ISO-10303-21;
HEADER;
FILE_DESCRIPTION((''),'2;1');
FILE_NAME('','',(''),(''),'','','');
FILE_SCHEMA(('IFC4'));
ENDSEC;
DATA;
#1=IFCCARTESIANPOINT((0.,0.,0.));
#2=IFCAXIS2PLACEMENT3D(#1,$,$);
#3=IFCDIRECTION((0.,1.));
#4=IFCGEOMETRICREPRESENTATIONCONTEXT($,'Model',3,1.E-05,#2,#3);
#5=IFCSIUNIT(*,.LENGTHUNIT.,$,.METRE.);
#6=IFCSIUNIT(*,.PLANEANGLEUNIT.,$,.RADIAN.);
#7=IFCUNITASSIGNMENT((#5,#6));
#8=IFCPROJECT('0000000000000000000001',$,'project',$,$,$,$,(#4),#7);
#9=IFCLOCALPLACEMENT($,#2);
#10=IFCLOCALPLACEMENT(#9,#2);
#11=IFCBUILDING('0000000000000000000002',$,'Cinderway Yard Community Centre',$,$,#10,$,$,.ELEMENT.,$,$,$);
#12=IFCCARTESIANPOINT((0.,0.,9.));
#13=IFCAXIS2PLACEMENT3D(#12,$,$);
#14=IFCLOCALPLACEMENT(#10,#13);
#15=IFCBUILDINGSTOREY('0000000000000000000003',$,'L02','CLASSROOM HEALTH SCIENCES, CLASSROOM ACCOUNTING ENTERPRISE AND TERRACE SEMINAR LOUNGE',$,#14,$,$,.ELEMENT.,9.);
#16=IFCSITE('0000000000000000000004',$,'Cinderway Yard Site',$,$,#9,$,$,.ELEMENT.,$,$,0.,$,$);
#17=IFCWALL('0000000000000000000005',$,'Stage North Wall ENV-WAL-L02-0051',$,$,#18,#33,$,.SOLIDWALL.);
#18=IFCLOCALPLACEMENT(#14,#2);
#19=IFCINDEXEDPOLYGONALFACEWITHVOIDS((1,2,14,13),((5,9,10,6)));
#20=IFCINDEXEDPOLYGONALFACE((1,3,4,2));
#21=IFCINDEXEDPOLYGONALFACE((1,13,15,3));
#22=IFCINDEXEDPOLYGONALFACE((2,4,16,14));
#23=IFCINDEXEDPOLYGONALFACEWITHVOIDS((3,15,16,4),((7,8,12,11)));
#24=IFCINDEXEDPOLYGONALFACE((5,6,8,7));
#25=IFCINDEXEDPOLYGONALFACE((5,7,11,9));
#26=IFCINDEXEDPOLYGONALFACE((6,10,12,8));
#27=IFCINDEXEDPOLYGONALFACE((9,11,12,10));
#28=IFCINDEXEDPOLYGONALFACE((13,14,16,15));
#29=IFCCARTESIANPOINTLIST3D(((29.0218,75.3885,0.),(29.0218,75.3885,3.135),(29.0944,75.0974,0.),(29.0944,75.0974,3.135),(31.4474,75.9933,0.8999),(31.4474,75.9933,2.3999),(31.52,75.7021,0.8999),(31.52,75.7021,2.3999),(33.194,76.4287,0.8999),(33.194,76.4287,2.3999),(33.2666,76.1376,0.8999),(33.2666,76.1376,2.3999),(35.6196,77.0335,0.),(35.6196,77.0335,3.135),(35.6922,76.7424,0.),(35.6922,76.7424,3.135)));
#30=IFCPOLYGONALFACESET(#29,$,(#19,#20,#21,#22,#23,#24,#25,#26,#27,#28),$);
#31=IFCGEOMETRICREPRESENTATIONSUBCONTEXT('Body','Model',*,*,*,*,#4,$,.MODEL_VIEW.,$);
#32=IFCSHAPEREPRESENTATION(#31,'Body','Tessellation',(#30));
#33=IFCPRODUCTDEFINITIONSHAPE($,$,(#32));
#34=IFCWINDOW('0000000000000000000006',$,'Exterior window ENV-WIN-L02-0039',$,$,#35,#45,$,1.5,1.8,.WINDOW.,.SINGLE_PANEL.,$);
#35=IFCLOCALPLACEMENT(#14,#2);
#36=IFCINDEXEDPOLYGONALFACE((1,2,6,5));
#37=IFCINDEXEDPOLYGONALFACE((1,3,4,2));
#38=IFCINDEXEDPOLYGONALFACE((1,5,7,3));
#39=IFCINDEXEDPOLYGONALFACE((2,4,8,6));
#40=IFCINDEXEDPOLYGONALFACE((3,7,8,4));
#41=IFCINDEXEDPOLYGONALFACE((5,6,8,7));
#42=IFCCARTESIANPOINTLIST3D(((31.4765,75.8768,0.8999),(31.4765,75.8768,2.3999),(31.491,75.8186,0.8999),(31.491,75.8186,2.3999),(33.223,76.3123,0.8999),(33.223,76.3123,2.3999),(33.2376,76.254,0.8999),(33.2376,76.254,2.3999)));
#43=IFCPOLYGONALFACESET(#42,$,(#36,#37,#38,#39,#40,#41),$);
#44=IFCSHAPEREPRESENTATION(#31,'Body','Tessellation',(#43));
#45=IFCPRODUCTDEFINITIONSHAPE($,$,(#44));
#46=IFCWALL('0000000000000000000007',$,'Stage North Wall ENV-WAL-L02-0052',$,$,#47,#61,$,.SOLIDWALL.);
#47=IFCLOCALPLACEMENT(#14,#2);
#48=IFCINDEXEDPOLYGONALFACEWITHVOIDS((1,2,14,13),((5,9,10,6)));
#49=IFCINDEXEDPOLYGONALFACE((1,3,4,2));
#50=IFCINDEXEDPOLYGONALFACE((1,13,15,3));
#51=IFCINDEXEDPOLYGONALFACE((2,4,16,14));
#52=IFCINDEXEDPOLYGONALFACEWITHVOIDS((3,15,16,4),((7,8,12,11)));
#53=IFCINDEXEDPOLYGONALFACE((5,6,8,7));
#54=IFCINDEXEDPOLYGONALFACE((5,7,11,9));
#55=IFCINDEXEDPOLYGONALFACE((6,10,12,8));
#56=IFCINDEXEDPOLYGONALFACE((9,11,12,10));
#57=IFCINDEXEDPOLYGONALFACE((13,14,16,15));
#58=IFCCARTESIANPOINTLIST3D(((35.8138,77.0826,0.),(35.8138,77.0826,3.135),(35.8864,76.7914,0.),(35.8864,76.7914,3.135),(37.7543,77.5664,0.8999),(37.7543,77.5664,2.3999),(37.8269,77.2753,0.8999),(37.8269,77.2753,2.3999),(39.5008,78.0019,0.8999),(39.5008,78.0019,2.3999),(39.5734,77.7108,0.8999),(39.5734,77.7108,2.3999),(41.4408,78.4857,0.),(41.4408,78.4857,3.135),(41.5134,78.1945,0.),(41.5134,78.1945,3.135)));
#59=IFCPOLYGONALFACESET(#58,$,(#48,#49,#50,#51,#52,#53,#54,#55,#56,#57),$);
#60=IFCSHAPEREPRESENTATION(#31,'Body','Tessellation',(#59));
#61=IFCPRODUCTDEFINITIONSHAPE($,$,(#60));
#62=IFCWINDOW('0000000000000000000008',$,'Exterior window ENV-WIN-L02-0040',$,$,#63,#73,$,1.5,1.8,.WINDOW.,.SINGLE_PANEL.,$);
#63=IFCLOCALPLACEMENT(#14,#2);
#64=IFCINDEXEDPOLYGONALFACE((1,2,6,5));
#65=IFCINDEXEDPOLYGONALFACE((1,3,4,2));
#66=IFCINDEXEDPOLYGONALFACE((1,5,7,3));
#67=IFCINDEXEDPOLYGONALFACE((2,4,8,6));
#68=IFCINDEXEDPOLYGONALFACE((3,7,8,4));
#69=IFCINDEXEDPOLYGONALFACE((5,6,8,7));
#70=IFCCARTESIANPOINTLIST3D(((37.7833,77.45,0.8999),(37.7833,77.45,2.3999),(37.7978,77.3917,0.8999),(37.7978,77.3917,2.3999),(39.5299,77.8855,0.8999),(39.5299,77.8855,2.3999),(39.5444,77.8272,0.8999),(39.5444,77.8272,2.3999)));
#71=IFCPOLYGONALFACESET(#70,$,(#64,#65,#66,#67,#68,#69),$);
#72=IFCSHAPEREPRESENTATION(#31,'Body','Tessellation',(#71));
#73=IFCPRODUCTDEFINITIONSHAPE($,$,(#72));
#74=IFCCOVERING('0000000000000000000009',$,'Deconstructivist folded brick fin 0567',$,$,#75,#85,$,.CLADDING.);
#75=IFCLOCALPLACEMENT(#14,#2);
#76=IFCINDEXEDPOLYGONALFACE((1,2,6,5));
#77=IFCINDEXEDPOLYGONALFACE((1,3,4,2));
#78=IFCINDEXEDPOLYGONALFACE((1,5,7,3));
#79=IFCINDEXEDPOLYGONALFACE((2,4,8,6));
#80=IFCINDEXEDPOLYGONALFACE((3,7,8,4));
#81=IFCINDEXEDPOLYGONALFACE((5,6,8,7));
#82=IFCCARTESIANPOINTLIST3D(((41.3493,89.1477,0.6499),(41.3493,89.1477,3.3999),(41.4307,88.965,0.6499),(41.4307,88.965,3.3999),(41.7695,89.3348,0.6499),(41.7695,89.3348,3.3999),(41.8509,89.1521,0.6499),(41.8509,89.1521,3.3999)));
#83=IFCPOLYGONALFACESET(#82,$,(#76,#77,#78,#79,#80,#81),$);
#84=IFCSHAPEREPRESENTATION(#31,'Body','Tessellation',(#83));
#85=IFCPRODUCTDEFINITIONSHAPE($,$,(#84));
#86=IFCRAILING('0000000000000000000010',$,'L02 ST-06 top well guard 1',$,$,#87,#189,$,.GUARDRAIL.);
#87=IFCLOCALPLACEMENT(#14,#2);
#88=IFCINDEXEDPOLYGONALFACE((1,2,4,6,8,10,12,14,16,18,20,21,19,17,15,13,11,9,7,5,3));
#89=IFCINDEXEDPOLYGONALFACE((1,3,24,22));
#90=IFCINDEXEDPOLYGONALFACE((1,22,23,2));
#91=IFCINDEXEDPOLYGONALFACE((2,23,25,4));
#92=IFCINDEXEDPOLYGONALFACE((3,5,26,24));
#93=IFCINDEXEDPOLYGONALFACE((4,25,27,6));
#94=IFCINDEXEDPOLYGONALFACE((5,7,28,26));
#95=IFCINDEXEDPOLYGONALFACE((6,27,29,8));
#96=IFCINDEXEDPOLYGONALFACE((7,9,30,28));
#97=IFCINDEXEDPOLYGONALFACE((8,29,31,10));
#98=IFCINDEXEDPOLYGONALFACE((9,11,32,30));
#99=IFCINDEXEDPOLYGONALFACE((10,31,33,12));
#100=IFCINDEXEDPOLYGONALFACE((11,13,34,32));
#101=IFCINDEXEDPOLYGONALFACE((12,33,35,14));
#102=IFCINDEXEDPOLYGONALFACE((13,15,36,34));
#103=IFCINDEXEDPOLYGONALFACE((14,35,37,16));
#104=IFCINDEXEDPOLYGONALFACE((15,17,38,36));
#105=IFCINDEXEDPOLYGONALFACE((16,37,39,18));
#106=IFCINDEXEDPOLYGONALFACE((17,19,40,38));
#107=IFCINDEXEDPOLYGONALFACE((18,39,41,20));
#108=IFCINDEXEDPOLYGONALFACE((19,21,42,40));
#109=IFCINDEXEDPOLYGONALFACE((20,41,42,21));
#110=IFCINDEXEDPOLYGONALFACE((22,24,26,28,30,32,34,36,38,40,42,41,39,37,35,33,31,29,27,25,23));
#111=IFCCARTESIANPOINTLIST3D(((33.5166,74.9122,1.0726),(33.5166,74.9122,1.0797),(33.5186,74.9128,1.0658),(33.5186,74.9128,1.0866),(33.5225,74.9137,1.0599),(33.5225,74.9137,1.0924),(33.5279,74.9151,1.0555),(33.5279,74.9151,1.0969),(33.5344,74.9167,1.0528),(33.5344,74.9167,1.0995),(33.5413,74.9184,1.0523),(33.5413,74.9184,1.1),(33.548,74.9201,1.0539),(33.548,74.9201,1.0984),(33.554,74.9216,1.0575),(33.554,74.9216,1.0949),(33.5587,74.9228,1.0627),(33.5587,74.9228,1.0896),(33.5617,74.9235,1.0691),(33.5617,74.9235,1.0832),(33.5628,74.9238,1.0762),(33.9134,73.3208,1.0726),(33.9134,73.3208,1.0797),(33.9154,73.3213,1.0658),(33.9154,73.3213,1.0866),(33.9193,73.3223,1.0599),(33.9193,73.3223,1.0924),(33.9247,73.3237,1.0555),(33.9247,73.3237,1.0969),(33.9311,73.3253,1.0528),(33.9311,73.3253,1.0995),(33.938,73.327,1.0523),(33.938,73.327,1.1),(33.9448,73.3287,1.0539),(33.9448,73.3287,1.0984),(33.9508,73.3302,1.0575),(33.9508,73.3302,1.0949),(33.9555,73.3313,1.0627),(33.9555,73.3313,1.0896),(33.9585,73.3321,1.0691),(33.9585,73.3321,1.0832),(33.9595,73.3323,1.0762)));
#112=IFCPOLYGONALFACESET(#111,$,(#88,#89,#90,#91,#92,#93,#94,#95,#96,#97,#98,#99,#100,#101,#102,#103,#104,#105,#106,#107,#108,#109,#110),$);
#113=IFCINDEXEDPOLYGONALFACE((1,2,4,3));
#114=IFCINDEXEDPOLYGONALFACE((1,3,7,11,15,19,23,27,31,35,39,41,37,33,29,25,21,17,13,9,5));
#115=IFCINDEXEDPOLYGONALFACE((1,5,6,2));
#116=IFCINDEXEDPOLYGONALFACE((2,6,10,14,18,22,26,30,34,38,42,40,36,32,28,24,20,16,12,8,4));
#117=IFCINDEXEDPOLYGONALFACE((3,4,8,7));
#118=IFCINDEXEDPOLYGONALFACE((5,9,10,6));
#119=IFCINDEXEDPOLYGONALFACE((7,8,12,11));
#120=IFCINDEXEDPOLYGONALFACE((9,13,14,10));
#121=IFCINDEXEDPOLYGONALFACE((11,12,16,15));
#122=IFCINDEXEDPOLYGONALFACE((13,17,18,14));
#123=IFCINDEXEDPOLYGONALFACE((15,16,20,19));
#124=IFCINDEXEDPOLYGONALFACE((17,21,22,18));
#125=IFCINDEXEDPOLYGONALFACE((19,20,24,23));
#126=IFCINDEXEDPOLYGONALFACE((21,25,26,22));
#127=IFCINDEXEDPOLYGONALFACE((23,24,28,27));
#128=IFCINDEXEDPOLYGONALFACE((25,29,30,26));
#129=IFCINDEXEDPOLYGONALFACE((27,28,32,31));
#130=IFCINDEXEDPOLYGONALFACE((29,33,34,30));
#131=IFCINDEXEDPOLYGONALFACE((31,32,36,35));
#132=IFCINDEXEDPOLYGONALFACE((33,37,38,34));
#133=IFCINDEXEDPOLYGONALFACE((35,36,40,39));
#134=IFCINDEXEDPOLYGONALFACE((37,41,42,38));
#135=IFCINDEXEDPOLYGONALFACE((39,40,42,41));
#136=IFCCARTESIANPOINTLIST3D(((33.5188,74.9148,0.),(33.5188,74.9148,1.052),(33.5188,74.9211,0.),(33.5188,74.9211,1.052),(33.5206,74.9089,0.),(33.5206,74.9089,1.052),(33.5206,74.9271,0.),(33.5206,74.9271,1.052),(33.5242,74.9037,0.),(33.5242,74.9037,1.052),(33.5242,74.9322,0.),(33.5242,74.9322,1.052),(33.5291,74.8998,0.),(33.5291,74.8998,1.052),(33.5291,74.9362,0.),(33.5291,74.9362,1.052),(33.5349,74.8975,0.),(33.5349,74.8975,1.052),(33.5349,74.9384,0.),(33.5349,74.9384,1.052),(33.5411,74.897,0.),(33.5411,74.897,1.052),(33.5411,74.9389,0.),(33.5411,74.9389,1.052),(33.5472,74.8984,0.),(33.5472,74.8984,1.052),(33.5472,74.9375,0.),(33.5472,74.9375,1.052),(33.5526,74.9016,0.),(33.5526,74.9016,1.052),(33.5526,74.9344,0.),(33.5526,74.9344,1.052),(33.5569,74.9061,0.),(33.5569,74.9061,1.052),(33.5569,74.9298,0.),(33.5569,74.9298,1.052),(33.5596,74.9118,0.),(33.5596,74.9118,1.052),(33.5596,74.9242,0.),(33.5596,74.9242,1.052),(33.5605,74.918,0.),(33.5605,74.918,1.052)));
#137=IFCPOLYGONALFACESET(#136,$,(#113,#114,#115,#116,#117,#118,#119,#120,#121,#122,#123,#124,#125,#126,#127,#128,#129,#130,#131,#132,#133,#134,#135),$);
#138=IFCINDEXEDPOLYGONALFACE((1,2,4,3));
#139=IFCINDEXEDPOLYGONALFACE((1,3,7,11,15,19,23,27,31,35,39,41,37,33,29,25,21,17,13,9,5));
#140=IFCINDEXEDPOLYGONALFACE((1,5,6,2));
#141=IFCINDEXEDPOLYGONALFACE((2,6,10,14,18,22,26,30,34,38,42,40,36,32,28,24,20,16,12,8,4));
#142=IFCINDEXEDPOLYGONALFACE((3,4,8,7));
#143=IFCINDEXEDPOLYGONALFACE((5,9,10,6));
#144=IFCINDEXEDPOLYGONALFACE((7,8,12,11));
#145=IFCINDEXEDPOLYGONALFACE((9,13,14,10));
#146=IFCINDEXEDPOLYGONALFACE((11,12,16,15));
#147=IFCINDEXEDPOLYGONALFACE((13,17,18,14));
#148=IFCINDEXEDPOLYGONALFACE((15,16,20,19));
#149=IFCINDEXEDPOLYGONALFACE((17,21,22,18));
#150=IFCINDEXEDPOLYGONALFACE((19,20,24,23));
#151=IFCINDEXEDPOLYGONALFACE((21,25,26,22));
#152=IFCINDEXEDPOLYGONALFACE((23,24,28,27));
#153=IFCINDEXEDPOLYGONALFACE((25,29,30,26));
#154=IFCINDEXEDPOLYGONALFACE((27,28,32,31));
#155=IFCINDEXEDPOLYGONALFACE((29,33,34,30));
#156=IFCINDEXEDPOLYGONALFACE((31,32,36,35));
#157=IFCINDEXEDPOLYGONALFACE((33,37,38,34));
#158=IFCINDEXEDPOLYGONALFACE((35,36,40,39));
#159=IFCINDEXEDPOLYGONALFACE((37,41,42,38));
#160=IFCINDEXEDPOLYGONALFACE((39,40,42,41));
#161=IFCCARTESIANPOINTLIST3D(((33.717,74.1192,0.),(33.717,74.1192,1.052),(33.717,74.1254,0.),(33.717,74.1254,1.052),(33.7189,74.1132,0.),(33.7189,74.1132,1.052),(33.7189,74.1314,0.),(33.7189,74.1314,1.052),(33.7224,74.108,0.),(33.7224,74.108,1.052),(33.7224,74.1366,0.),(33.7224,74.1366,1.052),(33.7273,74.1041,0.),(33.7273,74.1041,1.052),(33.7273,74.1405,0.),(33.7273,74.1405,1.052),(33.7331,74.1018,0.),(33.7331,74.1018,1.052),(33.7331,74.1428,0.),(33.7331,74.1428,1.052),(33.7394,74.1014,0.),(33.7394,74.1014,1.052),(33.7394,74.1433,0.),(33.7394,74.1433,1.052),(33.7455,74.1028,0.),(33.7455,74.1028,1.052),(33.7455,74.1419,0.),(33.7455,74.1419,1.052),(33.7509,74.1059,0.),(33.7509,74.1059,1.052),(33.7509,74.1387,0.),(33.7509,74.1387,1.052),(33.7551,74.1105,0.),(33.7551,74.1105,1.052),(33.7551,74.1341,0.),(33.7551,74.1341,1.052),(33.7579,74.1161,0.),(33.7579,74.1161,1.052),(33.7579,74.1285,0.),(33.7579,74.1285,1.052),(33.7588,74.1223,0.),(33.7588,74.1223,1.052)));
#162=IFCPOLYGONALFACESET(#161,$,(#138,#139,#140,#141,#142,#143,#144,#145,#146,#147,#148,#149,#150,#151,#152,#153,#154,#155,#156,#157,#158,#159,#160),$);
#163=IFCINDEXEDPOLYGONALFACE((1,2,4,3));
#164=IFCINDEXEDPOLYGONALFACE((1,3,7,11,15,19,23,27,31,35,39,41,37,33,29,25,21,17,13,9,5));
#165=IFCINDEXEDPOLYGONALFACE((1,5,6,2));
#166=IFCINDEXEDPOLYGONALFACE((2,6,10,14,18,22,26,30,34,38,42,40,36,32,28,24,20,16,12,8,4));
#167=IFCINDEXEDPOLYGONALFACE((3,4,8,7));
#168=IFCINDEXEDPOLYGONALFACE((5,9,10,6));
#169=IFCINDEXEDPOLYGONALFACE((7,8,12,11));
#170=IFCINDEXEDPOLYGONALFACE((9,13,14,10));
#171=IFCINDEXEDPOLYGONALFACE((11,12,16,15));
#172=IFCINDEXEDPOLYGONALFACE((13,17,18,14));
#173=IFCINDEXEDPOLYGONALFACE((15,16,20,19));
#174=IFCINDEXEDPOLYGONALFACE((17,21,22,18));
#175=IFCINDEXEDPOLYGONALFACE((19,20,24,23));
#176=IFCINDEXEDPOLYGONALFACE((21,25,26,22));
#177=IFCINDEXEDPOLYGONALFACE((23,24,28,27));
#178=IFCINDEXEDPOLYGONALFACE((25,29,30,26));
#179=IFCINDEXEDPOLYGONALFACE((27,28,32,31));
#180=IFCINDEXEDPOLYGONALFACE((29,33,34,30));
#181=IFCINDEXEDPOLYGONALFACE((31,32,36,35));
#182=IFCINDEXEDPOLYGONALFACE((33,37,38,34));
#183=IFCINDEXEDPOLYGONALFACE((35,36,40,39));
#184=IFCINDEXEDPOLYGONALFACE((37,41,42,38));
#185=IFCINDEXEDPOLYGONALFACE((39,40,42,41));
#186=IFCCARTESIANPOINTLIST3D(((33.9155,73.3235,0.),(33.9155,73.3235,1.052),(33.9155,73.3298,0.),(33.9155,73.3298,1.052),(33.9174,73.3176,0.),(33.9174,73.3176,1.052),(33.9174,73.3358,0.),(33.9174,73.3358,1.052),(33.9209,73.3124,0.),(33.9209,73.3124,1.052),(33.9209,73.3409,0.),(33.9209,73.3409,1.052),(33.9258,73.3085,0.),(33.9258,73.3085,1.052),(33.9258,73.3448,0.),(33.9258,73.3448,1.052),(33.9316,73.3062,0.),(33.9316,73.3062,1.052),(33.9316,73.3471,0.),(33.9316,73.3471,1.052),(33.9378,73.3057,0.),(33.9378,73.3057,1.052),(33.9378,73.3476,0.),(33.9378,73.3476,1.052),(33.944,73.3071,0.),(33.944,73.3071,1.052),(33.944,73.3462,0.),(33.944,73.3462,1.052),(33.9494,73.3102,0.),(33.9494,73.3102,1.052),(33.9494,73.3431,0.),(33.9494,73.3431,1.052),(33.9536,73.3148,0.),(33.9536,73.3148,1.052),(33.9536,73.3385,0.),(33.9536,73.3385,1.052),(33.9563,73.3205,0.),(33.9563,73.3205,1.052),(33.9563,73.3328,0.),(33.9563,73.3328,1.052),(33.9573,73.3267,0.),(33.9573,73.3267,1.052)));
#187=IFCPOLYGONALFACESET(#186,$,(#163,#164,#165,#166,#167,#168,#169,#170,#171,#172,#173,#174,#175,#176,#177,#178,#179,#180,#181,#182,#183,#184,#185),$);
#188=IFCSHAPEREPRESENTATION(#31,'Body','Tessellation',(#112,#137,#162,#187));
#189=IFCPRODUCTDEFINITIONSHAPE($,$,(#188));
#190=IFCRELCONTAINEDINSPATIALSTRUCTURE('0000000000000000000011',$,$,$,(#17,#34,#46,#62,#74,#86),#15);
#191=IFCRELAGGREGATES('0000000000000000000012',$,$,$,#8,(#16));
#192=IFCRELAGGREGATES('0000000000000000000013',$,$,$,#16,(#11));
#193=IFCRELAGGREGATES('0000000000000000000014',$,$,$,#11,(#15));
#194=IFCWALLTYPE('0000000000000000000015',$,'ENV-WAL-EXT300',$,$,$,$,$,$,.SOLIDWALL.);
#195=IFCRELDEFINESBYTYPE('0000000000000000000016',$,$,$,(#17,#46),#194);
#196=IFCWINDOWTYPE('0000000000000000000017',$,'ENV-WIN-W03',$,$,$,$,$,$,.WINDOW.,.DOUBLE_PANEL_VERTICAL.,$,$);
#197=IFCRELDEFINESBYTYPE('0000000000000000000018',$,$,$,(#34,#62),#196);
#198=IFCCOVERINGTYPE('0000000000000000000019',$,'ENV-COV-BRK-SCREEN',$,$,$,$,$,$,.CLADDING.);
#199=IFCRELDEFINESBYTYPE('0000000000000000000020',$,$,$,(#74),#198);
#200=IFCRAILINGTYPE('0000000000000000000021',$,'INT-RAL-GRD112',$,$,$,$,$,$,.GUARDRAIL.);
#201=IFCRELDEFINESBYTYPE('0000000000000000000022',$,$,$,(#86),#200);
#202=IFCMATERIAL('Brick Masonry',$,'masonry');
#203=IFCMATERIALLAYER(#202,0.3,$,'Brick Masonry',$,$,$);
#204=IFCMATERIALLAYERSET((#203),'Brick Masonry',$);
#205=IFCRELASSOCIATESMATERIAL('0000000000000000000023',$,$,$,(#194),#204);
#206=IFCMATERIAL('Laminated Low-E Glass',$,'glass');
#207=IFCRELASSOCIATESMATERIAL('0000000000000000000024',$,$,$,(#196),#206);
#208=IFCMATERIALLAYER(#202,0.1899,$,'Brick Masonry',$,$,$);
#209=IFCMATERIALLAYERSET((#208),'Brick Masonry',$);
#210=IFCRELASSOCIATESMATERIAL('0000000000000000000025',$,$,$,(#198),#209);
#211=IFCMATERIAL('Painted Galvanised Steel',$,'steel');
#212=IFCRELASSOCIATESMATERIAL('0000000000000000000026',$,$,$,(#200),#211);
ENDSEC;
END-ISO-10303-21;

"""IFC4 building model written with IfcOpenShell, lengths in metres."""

from ifc_helpers import new_model, si_unit, direction, frame, frame_2d, origin, origin_2d, place, context, subcontext, project, spatial, rectangle, circle, extrude, material, layer, layer_set, type_object, element, fill, save


model = new_model("IFC4")

# Units and contexts
model_context = context("Model", 3, precision=1e-05, world=origin(), true_north=direction((0.0, 1.0)))
body_context = subcontext(model_context, "Body", "Model", "MODEL_VIEW")
ifc_project = project(units=[si_unit("LENGTHUNIT", "METRE"), si_unit("PLANEANGLEUNIT", "RADIAN")], contexts=[model_context])

# Site, building, storey
site_placement = place(None, origin())
site = spatial("IfcSite", under=ifc_project, at=site_placement, Name="Cinderway Yard Site", CompositionType="ELEMENT", RefElevation=0.0)
building_placement = place(site_placement, origin())
building = spatial("IfcBuilding", under=site, at=building_placement, Name="Cinderway Yard Community Centre", CompositionType="ELEMENT")
storey_placement = place(building_placement, frame((0.0, 0.0, 9.0)))
storey = spatial("IfcBuildingStorey", under=building, at=storey_placement, Name="L02", Description="CLASSROOM HEALTH SCIENCES, CLASSROOM ACCOUNTING ENTERPRISE AND TERRACE SEMINAR LOUNGE", CompositionType="ELEMENT", Elevation=9.0)

# Shared definitions
ifc_material_1 = material(Name="Laminated Low-E Glass", Category="glass")

# Walls, openings, windows
ifc_material_2 = material(Name="Brick Masonry", Category="masonry")
ifc_layer_1 = layer(ifc_material_2, 0.3, Name="Brick Masonry")
ifc_layer_set_1 = layer_set([ifc_layer_1], Name="Brick Masonry")
wall_type_1 = type_object("IfcWallType", Name="ENV-WAL-EXT300", PredefinedType="SOLIDWALL", material=ifc_layer_set_1)
wall_1_placement = place(storey_placement, frame((29.0581, 75.2429, 0.0), z_axis=(0.0, 0.0, 1.0), x_axis=(0.970296, 0.241919, 0.0)))
wall_1 = element("IfcWall", 1, at=wall_1_placement, inside=storey, type_object=wall_type_1, Name="Stage North Wall ENV-WAL-L02-0051", PredefinedType="SOLIDWALL", context=body_context, shape_type="SweptSolid", body=[
    extrude(rectangle(XDim=6.7998, YDim=0.3, at=frame_2d((3.3999, 0.0))), origin(), (0.0, 0.0, 1.0), 3.135),
])
opening_1_placement = place(wall_1_placement, frame((2.5, 0.0, 0.8999)))
opening_1 = element("IfcOpeningElement", 2, at=opening_1_placement, cuts=wall_1, PredefinedType="OPENING", context=body_context, shape_type="SweptSolid", body=[
    extrude(rectangle(XDim=1.8, YDim=1.5, at=frame_2d((0.8999, 0.75))), frame((0.0, 0.1599, 0.0), z_axis=(0.0, -1.0, 0.0), x_axis=(1.0, 0.0, 0.0)), (0.0, 0.0, 1.0), 0.3201),
])
window_type = type_object("IfcWindowType", Name="ENV-WIN-W03", PartitioningType="DOUBLE_PANEL_VERTICAL", PredefinedType="WINDOW", material=ifc_material_1)
window_1_placement = place(opening_1_placement, origin())
window_1 = element("IfcWindow", 3, at=window_1_placement, inside=storey, type_object=window_type, Name="Exterior window ENV-WIN-L02-0039", OverallHeight=1.5, OverallWidth=1.8, PartitioningType="SINGLE_PANEL", PredefinedType="WINDOW", context=body_context, shape_type="SweptSolid", body=[
    extrude(rectangle(XDim=1.8, YDim=1.5, at=frame_2d((0.8999, 0.75))), frame((0.0, 0.03, 0.0), z_axis=(0.0, -1.0, 0.0), x_axis=(1.0, 0.0, 0.0)), (0.0, 0.0, 1.0), 0.0601),
])
fill(opening_1, window_1)
wall_2_placement = place(storey_placement, frame((35.8501, 76.937, 0.0), z_axis=(0.0, 0.0, 1.0), x_axis=(0.970291, 0.241941, 0.0)))
wall_2 = element("IfcWall", 4, at=wall_2_placement, inside=storey, type_object=wall_type_1, Name="Stage North Wall ENV-WAL-L02-0052", PredefinedType="SOLIDWALL", context=body_context, shape_type="SweptSolid", body=[
    extrude(rectangle(XDim=5.7993, YDim=0.3, at=frame_2d((2.8997, 0.0))), origin(), (0.0, 0.0, 1.0), 3.135),
])
opening_2_placement = place(wall_2_placement, frame((2.0, 0.0, 0.8999)))
opening_2 = element("IfcOpeningElement", 5, at=opening_2_placement, cuts=wall_2, PredefinedType="OPENING", context=body_context, shape_type="SweptSolid", body=[
    extrude(rectangle(XDim=1.8, YDim=1.5, at=frame_2d((0.8999, 0.75))), frame((0.0, 0.1599, 0.0), z_axis=(0.0, -1.0, 0.0), x_axis=(1.0, 0.0, 0.0)), (0.0, 0.0, 1.0), 0.3201),
])
window_2_placement = place(opening_2_placement, origin())
window_2 = element("IfcWindow", 6, at=window_2_placement, inside=storey, type_object=window_type, Name="Exterior window ENV-WIN-L02-0040", OverallHeight=1.5, OverallWidth=1.8, PartitioningType="SINGLE_PANEL", PredefinedType="WINDOW", context=body_context, shape_type="SweptSolid", body=[
    extrude(rectangle(XDim=1.8, YDim=1.5, at=frame_2d((0.8999, 0.75))), frame((0.0, 0.03, 0.0), z_axis=(0.0, -1.0, 0.0), x_axis=(1.0, 0.0, 0.0)), (0.0, 0.0, 1.0), 0.0601),
])
fill(opening_2, window_2)

# Shared definitions
ifc_material_3 = material(Name="Painted Galvanised Steel", Category="steel")

# Covering
ifc_layer_2 = layer(ifc_material_2, 0.1899, Name="Brick Masonry")
ifc_layer_set_2 = layer_set([ifc_layer_2], Name="Brick Masonry")
covering_type = type_object("IfcCoveringType", Name="ENV-COV-BRK-SCREEN", PredefinedType="CLADDING", material=ifc_layer_set_2)
covering_placement = place(storey_placement, frame((41.6001, 89.1499, 0.6499), z_axis=(0.0, 0.0, 1.0), x_axis=(-0.913545, -0.406737, 0.0)))
element("IfcCovering", 7, at=covering_placement, inside=storey, type_object=covering_type, Name="Deconstructivist folded brick fin 0567", PredefinedType="CLADDING", context=body_context, shape_type="SweptSolid", body=[
    extrude(rectangle(XDim=0.46, YDim=0.2, at=origin_2d()), origin(), (0.0, 0.0, 1.0), 2.75),
])

# Railing
railing_type = type_object("IfcRailingType", Name="INT-RAL-GRD112", PredefinedType="GUARDRAIL", material=ifc_material_3)
railing_1_placement = place(storey_placement, frame((33.5396, 74.918, 0.0)))
element("IfcRailing", 8, at=railing_1_placement, inside=storey, type_object=railing_type, Name="L02 ST-06 top well guard 1", PredefinedType="GUARDRAIL", context=body_context, shape_type="SweptSolid", body=[
    extrude(circle(Radius=0.0239, at=origin_2d()), frame((0.0, 0.0, 1.0762), z_axis=(0.241905, -0.9703, 0.0), x_axis=(0.9703, 0.241905, 0.0)), (0.0, 0.0, 1.0), 1.6401),
    extrude(circle(Radius=0.021, at=origin_2d()), origin(), (0.0, 0.0, 1.0), 1.052),
    extrude(circle(Radius=0.021, at=origin_2d()), frame((0.1982, -0.7957, 0.0)), (0.0, 0.0, 1.0), 1.052),
    extrude(circle(Radius=0.021, at=origin_2d()), frame((0.3967, -1.5913, 0.0)), (0.0, 0.0, 1.0), 1.052),
])

save(model, "model.ifc")
